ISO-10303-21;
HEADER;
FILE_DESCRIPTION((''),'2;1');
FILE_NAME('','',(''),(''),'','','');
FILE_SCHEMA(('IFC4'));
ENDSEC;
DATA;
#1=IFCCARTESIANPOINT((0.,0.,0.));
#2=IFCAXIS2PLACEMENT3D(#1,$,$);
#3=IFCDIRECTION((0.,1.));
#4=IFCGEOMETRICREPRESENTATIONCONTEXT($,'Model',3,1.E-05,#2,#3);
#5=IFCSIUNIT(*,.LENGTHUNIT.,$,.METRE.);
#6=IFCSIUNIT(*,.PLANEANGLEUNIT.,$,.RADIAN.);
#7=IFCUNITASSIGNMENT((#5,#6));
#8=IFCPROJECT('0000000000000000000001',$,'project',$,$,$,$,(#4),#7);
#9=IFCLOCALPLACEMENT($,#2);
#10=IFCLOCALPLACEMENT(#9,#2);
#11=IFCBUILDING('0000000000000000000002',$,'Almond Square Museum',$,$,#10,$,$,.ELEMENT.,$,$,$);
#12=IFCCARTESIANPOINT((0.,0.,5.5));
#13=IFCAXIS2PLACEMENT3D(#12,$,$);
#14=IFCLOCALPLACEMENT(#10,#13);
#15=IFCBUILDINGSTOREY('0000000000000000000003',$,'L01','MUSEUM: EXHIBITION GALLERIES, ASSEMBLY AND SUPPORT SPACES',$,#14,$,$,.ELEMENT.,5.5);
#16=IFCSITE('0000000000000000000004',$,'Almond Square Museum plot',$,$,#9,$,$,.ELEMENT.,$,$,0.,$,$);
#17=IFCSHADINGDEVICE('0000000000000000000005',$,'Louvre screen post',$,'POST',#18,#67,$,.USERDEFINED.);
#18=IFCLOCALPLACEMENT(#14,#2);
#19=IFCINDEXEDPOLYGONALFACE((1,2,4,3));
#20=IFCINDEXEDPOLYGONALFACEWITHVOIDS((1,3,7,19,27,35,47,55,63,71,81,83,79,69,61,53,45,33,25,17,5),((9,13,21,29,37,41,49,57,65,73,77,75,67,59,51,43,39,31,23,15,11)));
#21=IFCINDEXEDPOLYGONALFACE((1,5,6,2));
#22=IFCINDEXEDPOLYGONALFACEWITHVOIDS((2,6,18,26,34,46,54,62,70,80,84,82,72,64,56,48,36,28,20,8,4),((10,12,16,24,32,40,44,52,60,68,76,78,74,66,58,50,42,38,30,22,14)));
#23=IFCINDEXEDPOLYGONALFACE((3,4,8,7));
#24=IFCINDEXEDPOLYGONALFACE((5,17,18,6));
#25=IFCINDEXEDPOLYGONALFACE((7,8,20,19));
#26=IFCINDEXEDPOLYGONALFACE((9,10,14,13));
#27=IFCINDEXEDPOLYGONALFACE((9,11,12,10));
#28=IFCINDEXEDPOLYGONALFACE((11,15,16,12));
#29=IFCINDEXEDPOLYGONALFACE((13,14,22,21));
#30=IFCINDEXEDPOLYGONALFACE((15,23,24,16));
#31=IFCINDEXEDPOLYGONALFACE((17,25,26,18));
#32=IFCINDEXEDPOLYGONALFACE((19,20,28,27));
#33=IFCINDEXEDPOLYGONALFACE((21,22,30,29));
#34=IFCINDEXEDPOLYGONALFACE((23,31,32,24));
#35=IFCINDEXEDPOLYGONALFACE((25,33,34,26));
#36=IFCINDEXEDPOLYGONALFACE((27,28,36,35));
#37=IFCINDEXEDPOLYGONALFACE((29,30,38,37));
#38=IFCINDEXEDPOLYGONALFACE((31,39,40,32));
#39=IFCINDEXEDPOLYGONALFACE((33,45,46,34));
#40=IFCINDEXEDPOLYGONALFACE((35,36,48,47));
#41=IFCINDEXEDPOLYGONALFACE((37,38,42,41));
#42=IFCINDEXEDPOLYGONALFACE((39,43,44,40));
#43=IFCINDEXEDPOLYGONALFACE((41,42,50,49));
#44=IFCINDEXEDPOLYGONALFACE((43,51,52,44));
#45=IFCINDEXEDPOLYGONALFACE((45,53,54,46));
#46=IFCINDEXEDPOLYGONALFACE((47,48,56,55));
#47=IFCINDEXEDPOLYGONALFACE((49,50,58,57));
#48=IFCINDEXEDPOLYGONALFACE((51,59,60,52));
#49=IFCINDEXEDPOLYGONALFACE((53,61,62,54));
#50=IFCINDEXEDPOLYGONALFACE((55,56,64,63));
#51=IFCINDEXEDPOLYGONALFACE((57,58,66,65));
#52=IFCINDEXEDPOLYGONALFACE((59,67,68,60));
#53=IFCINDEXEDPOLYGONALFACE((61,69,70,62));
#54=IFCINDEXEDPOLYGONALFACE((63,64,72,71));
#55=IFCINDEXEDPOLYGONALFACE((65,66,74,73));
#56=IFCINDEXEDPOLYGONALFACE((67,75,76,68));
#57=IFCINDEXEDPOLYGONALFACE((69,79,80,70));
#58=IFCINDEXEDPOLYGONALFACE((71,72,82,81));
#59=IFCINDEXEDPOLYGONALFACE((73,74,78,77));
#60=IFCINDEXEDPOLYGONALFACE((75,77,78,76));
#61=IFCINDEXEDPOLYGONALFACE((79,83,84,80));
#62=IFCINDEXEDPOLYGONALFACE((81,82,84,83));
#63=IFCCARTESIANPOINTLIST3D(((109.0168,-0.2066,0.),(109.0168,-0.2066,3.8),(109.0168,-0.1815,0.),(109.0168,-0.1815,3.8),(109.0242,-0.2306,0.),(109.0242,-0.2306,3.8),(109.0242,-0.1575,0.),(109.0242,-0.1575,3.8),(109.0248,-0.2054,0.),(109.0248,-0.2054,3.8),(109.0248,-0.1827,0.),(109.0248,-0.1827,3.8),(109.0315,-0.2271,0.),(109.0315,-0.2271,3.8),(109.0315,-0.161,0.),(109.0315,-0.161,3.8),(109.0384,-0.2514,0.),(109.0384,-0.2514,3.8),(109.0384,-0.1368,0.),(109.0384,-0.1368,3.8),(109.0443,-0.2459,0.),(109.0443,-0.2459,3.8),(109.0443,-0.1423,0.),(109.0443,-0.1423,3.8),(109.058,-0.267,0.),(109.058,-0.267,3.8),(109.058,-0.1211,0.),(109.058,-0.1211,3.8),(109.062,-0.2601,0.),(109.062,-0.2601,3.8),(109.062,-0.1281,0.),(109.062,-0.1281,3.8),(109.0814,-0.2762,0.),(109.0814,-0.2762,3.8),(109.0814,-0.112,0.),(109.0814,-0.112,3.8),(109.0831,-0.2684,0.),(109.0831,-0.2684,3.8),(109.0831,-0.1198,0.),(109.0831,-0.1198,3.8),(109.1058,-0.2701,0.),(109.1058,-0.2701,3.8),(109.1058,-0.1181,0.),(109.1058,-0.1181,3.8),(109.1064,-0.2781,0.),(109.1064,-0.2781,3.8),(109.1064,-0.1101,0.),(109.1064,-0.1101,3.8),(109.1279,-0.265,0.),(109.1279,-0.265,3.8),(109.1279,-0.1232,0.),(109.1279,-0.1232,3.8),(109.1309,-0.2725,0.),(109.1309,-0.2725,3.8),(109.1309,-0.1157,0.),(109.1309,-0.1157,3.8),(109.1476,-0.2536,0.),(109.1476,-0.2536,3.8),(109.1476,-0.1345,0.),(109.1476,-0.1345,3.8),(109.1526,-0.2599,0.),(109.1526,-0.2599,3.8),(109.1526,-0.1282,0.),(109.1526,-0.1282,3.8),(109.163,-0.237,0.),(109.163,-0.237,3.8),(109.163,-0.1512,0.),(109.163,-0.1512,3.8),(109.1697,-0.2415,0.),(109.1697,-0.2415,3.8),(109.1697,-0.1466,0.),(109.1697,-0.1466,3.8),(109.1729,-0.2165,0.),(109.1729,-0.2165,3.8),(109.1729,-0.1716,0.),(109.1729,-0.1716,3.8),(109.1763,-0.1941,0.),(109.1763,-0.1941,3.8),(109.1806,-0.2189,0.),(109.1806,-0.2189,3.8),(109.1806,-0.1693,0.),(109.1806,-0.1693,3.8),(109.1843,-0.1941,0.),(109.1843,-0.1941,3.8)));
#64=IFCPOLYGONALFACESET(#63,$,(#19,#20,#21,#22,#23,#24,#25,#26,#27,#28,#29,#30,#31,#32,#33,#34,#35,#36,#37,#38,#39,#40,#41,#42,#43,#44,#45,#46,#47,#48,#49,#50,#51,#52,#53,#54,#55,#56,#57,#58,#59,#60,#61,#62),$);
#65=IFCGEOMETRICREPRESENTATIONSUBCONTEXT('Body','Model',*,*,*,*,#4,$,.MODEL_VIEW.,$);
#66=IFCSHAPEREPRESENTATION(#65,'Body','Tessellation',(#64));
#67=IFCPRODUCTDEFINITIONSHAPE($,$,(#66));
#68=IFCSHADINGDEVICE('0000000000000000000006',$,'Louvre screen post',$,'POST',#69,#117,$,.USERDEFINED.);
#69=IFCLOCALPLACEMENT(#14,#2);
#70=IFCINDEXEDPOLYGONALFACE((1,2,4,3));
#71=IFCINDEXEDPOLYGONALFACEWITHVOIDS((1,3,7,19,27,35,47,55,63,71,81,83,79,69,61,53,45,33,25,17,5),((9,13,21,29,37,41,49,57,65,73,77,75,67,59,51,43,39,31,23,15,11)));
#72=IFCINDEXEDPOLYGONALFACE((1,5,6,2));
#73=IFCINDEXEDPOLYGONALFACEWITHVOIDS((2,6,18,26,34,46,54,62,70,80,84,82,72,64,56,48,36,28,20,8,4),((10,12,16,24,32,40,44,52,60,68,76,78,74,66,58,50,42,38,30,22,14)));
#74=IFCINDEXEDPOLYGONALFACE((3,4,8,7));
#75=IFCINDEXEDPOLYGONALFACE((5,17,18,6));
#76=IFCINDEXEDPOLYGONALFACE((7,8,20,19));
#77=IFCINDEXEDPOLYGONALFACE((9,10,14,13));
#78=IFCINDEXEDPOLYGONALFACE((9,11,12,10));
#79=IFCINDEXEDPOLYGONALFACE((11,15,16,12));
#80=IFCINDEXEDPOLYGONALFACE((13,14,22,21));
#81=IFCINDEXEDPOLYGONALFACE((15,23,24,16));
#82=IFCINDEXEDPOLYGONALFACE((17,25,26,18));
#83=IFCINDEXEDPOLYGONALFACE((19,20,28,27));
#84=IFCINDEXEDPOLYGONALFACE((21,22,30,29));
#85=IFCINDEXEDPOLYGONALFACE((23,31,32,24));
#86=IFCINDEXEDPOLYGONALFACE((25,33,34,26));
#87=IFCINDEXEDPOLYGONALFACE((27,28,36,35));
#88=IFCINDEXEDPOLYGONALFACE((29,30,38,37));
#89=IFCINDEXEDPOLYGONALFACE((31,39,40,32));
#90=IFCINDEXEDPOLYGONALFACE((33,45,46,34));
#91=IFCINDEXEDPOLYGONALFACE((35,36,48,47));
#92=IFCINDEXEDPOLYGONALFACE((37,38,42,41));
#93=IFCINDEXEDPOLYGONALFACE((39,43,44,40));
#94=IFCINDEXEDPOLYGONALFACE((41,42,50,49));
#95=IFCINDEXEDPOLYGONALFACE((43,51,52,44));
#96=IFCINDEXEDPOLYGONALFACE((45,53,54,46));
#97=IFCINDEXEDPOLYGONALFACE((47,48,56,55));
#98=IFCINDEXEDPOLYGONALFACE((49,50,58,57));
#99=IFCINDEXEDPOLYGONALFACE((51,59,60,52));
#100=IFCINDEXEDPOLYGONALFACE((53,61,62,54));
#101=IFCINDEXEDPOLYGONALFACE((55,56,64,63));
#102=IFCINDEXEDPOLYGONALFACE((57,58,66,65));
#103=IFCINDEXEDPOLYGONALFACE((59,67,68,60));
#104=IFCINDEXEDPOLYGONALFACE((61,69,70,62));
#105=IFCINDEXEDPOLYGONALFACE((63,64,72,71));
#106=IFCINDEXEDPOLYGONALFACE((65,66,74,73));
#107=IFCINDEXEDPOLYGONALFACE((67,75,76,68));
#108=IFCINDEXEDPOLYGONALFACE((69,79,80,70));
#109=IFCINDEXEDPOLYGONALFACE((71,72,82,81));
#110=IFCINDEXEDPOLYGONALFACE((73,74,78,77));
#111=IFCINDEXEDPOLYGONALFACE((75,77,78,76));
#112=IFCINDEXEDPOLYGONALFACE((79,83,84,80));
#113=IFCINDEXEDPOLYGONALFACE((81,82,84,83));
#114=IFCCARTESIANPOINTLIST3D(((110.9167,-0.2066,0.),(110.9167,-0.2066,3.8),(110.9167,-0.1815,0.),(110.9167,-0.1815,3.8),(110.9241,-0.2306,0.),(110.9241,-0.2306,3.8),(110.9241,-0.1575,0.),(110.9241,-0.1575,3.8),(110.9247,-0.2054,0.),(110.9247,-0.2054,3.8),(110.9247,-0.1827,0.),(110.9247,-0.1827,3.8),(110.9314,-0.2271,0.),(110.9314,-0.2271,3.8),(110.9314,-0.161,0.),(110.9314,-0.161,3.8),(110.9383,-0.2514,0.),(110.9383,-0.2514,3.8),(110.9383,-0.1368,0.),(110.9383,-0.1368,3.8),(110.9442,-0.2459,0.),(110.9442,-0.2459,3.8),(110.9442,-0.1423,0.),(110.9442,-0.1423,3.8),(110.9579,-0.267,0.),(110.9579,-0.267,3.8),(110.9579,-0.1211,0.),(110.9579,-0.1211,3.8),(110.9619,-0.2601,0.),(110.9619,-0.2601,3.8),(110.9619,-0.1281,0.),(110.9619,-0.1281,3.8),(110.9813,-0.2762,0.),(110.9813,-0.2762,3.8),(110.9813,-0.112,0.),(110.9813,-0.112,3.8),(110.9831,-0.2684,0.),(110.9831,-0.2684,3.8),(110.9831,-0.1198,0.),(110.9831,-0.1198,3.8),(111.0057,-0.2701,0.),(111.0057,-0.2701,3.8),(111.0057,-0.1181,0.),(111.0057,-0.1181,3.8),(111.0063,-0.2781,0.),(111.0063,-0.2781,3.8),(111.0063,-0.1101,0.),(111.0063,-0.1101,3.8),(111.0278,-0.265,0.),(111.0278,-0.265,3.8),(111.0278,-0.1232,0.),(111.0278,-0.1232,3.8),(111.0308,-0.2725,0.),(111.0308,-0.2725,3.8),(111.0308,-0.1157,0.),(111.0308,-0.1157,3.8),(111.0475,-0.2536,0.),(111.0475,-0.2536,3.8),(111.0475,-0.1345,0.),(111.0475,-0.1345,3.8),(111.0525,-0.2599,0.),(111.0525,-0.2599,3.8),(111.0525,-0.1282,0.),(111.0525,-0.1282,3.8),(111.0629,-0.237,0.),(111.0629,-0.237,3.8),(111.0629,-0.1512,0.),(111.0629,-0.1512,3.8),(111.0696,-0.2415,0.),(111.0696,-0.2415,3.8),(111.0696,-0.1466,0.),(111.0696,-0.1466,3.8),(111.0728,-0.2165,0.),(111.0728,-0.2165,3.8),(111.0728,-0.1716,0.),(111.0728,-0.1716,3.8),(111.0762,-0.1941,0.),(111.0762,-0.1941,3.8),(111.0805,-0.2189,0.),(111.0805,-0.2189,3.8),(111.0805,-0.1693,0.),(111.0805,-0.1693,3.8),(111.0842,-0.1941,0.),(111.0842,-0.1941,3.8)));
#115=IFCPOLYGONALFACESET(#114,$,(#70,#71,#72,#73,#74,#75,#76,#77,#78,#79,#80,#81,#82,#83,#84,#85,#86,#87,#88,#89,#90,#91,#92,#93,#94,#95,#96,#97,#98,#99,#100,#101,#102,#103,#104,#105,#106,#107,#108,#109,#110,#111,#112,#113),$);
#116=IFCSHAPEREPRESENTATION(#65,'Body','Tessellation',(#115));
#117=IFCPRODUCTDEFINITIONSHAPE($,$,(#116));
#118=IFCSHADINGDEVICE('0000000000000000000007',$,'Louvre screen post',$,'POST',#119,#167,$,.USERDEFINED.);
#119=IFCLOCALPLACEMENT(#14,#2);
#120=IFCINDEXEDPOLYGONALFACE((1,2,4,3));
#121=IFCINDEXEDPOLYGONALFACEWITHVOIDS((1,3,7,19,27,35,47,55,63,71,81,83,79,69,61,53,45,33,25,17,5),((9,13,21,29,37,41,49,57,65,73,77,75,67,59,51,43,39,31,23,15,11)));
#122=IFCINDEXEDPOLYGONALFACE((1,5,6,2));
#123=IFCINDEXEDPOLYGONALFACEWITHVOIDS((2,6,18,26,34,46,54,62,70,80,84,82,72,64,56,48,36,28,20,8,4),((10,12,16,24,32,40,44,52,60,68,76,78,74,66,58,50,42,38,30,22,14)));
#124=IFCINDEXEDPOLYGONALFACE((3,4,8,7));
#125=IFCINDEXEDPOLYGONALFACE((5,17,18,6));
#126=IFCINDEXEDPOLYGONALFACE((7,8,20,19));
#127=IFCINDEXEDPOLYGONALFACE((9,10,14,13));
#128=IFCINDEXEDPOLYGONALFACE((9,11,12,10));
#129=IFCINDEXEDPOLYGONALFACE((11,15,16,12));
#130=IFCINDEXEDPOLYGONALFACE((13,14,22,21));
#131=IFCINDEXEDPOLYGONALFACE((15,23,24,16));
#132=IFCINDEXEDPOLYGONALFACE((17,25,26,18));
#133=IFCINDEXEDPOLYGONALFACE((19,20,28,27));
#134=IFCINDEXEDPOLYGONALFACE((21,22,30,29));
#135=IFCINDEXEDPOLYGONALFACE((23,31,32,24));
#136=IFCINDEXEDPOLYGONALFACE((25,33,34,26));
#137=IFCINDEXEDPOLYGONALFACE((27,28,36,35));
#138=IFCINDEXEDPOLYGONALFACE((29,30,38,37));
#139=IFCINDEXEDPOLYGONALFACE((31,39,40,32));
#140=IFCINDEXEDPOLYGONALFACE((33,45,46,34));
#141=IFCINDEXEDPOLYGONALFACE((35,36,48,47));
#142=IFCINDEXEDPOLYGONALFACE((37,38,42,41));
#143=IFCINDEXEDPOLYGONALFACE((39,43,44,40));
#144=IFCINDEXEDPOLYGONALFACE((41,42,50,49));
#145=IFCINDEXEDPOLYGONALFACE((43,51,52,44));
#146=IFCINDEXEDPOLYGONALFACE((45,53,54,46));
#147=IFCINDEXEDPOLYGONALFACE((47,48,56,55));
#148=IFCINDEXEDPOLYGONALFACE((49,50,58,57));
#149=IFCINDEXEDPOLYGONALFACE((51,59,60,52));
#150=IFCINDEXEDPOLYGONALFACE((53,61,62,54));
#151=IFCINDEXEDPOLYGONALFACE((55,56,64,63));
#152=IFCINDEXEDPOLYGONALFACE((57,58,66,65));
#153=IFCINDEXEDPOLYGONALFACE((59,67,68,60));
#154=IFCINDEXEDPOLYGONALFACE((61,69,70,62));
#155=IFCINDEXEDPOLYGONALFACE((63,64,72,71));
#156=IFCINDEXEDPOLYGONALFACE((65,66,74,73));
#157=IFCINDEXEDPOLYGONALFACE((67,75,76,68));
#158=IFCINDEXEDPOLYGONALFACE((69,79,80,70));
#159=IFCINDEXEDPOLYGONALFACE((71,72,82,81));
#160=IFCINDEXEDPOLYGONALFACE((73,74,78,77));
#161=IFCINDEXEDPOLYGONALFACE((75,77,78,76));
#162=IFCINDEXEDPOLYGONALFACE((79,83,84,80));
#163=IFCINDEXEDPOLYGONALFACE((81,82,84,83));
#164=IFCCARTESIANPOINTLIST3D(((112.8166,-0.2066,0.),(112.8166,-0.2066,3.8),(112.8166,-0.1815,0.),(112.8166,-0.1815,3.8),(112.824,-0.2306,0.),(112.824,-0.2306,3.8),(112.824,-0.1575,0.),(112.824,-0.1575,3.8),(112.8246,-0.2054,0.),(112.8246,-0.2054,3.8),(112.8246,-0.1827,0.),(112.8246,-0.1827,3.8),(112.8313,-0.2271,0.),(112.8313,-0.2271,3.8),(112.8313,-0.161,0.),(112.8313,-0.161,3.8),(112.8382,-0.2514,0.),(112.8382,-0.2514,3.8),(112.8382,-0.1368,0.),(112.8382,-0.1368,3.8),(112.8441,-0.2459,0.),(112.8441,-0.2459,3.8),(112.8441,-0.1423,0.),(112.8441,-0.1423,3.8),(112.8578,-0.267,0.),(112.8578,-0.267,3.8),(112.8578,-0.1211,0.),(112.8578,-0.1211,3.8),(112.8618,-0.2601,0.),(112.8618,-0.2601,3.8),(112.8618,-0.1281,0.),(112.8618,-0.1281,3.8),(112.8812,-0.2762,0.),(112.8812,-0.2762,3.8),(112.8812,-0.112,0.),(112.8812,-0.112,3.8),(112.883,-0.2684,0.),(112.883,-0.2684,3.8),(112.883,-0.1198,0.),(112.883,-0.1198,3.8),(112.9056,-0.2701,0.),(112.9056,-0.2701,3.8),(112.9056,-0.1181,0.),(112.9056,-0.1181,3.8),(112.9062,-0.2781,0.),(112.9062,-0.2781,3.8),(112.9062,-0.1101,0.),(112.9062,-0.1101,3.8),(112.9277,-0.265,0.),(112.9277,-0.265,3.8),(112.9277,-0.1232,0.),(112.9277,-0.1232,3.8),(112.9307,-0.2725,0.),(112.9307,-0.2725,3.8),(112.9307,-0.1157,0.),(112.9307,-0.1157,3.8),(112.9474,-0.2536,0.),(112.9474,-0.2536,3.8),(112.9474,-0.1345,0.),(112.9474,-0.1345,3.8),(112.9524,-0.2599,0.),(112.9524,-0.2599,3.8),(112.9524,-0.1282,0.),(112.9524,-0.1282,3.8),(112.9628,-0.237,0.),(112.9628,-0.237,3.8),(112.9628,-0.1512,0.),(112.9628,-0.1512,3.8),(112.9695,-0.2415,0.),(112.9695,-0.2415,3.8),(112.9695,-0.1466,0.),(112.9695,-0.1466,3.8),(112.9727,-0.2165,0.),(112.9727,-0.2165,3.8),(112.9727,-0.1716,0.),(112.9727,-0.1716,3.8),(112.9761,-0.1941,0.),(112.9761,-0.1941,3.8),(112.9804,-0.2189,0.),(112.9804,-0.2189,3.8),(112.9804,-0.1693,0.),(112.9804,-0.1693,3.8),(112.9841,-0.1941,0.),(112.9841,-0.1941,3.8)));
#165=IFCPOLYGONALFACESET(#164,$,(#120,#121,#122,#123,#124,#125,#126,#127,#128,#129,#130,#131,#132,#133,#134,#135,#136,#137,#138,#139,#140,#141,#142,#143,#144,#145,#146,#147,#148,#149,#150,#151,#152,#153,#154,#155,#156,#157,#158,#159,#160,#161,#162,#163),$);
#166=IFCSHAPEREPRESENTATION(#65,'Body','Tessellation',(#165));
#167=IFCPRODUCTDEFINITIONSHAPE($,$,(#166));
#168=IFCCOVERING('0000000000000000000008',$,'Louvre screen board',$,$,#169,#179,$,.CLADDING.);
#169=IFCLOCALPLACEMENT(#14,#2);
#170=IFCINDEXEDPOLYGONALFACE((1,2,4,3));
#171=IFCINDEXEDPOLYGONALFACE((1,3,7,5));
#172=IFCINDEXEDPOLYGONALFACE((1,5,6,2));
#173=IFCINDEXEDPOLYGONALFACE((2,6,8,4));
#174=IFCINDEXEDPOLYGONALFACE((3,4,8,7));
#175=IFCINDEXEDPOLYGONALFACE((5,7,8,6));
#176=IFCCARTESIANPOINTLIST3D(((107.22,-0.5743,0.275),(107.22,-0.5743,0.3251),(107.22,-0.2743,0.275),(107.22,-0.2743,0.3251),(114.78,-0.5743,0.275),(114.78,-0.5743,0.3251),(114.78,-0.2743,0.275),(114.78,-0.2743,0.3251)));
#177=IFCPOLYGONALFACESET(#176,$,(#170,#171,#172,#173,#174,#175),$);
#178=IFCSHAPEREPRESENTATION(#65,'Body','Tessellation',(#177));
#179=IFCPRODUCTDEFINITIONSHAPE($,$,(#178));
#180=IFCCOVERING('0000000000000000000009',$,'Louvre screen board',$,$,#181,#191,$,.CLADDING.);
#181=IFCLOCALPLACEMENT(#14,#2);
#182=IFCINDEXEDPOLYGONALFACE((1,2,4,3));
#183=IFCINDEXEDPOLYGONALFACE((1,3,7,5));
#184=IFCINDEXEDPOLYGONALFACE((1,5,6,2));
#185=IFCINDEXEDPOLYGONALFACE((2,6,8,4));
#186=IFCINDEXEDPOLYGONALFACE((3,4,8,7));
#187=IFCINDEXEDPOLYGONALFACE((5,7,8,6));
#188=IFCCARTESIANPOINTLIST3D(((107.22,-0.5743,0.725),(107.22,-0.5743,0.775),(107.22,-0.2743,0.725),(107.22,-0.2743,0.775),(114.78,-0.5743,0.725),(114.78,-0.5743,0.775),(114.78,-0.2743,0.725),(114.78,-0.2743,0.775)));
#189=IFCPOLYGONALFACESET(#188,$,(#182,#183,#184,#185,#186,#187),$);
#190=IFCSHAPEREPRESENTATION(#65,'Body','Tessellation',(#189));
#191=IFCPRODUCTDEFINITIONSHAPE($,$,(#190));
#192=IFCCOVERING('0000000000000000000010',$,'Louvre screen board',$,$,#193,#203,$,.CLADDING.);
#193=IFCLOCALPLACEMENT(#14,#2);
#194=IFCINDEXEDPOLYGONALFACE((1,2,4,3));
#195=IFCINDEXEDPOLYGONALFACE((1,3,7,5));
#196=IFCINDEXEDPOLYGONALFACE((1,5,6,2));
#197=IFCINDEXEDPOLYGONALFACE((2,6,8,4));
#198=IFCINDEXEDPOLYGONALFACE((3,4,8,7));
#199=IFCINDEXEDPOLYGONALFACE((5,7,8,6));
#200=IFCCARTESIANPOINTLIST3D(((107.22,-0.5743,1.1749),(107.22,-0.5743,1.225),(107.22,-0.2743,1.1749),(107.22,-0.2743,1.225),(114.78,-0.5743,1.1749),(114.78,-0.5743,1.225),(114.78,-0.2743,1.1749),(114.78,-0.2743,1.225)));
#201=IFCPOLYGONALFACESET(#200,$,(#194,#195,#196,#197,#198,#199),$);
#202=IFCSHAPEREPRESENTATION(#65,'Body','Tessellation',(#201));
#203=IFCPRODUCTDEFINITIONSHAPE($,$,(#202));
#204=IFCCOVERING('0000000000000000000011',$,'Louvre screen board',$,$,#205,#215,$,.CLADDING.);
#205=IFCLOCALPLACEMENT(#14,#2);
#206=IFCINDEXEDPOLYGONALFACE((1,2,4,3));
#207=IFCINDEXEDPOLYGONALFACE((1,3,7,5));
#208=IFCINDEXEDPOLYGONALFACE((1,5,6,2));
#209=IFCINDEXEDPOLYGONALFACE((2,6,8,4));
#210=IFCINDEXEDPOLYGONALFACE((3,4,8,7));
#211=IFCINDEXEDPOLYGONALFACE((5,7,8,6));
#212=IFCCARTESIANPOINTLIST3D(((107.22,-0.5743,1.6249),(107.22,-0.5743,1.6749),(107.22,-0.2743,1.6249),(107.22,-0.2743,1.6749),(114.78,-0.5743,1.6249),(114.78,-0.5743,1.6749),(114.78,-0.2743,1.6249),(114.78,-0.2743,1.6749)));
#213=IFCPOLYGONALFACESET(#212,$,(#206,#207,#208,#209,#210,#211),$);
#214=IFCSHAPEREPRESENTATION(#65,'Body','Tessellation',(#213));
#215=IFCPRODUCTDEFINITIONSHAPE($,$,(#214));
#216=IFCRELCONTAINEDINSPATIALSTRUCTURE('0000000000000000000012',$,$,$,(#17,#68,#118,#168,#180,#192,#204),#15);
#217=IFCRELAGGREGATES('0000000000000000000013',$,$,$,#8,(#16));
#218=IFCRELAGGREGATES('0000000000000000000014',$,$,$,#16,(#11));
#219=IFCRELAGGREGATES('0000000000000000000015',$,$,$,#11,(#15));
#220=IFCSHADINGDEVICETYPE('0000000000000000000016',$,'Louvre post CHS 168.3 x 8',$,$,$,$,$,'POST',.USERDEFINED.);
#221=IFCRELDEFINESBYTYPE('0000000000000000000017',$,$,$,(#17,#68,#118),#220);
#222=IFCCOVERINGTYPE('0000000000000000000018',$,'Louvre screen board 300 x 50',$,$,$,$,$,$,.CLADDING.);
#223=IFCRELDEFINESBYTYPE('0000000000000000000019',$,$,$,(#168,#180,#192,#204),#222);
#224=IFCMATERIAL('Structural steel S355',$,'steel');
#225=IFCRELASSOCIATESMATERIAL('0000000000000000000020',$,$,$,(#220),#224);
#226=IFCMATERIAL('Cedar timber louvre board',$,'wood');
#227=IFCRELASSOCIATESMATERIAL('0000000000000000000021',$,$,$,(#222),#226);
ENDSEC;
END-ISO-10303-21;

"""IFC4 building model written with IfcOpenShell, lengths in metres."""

from ifc_helpers import new_model, si_unit, direction, frame, origin, origin_2d, place, context, subcontext, project, spatial, rectangle, hollow_circle, extrude, material, material_profile, profile_set, type_object, element, save


model = new_model("IFC4")

# Units and contexts
model_context = context("Model", 3, precision=1e-05, world=origin(), true_north=direction((0.0, 1.0)))
body_context = subcontext(model_context, "Body", "Model", "MODEL_VIEW")
ifc_project = project(units=[si_unit("LENGTHUNIT", "METRE"), si_unit("PLANEANGLEUNIT", "RADIAN")], contexts=[model_context])

# Site, building, storey
site_placement = place(None, origin())
site = spatial("IfcSite", under=ifc_project, at=site_placement, Name="Almond Square Museum plot", CompositionType="ELEMENT", RefElevation=0.0)
building_placement = place(site_placement, origin())
building = spatial("IfcBuilding", under=site, at=building_placement, Name="Almond Square Museum", CompositionType="ELEMENT")
storey_placement = place(building_placement, frame((0.0, 0.0, 5.5)))
storey = spatial("IfcBuildingStorey", under=building, at=storey_placement, Name="L01", Description="MUSEUM: EXHIBITION GALLERIES, ASSEMBLY AND SUPPORT SPACES", CompositionType="ELEMENT", Elevation=5.5)

# Shading devices
ifc_material_1 = material(Name="Structural steel S355", Category="steel")
ifc_material_profile_1 = material_profile(ifc_material_1, hollow_circle(Radius=0.0842, WallThickness=0.0081, at=origin_2d()))
ifc_profile_set_1 = profile_set([ifc_material_profile_1], Name="Structural steel S355")
shading_device_type = type_object("IfcShadingDeviceType", Name="Louvre post CHS 168.3 x 8", ElementType="POST", PredefinedType="USERDEFINED", material=ifc_profile_set_1)
for number, where, z_axis, x_axis, name in (
    (1, (109.1001, -0.1941, 0.0), (0.0, 0.0, 1.0), (1.0, 0.0, 0.0), "Louvre screen post"),
    (2, (111.0, -0.1941, 0.0), (0.0, 0.0, 1.0), (1.0, 0.0, 0.0), "Louvre screen post"),
    (3, (112.8999, -0.1941, 0.0), (0.0, 0.0, 1.0), (1.0, 0.0, 0.0), "Louvre screen post"),
):
    element("IfcShadingDevice", number, at=place(storey_placement, frame(where, z_axis=z_axis, x_axis=x_axis)), inside=storey, type_object=shading_device_type, Name=name, ObjectType="POST", PredefinedType="USERDEFINED", context=body_context, shape_type="SweptSolid", body=[
        extrude(hollow_circle(Radius=0.0842, WallThickness=0.0081, at=origin_2d()), origin(), (0.0, 0.0, 1.0), 3.8),
    ])

# Coverings
ifc_material_2 = material(Name="Cedar timber louvre board", Category="wood")
ifc_material_profile_2 = material_profile(ifc_material_2, rectangle(XDim=0.3, YDim=0.05, at=origin_2d()))
ifc_profile_set_2 = profile_set([ifc_material_profile_2], Name="Cedar timber louvre board")
covering_type = type_object("IfcCoveringType", Name="Louvre screen board 300 x 50", PredefinedType="CLADDING", material=ifc_profile_set_2)
for number, where, z_axis, x_axis, name in (
    (4, (107.22, -0.4243, 0.3), (1.0, 0.0, 0.0), (0.0, 1.0, 0.0), "Louvre screen board"),
    (5, (107.22, -0.4243, 0.75), (1.0, 0.0, 0.0), (0.0, 1.0, 0.0), "Louvre screen board"),
    (6, (107.22, -0.4243, 1.2), (1.0, 0.0, 0.0), (0.0, 1.0, 0.0), "Louvre screen board"),
    (7, (107.22, -0.4243, 1.6499), (1.0, 0.0, 0.0), (0.0, 1.0, 0.0), "Louvre screen board"),
):
    element("IfcCovering", number, at=place(storey_placement, frame(where, z_axis=z_axis, x_axis=x_axis)), inside=storey, type_object=covering_type, Name=name, PredefinedType="CLADDING", context=body_context, shape_type="SweptSolid", body=[
        extrude(rectangle(XDim=0.3, YDim=0.05, at=origin_2d()), origin(), (0.0, 0.0, 1.0), 7.5601),
    ])

save(model, "model.ifc")
